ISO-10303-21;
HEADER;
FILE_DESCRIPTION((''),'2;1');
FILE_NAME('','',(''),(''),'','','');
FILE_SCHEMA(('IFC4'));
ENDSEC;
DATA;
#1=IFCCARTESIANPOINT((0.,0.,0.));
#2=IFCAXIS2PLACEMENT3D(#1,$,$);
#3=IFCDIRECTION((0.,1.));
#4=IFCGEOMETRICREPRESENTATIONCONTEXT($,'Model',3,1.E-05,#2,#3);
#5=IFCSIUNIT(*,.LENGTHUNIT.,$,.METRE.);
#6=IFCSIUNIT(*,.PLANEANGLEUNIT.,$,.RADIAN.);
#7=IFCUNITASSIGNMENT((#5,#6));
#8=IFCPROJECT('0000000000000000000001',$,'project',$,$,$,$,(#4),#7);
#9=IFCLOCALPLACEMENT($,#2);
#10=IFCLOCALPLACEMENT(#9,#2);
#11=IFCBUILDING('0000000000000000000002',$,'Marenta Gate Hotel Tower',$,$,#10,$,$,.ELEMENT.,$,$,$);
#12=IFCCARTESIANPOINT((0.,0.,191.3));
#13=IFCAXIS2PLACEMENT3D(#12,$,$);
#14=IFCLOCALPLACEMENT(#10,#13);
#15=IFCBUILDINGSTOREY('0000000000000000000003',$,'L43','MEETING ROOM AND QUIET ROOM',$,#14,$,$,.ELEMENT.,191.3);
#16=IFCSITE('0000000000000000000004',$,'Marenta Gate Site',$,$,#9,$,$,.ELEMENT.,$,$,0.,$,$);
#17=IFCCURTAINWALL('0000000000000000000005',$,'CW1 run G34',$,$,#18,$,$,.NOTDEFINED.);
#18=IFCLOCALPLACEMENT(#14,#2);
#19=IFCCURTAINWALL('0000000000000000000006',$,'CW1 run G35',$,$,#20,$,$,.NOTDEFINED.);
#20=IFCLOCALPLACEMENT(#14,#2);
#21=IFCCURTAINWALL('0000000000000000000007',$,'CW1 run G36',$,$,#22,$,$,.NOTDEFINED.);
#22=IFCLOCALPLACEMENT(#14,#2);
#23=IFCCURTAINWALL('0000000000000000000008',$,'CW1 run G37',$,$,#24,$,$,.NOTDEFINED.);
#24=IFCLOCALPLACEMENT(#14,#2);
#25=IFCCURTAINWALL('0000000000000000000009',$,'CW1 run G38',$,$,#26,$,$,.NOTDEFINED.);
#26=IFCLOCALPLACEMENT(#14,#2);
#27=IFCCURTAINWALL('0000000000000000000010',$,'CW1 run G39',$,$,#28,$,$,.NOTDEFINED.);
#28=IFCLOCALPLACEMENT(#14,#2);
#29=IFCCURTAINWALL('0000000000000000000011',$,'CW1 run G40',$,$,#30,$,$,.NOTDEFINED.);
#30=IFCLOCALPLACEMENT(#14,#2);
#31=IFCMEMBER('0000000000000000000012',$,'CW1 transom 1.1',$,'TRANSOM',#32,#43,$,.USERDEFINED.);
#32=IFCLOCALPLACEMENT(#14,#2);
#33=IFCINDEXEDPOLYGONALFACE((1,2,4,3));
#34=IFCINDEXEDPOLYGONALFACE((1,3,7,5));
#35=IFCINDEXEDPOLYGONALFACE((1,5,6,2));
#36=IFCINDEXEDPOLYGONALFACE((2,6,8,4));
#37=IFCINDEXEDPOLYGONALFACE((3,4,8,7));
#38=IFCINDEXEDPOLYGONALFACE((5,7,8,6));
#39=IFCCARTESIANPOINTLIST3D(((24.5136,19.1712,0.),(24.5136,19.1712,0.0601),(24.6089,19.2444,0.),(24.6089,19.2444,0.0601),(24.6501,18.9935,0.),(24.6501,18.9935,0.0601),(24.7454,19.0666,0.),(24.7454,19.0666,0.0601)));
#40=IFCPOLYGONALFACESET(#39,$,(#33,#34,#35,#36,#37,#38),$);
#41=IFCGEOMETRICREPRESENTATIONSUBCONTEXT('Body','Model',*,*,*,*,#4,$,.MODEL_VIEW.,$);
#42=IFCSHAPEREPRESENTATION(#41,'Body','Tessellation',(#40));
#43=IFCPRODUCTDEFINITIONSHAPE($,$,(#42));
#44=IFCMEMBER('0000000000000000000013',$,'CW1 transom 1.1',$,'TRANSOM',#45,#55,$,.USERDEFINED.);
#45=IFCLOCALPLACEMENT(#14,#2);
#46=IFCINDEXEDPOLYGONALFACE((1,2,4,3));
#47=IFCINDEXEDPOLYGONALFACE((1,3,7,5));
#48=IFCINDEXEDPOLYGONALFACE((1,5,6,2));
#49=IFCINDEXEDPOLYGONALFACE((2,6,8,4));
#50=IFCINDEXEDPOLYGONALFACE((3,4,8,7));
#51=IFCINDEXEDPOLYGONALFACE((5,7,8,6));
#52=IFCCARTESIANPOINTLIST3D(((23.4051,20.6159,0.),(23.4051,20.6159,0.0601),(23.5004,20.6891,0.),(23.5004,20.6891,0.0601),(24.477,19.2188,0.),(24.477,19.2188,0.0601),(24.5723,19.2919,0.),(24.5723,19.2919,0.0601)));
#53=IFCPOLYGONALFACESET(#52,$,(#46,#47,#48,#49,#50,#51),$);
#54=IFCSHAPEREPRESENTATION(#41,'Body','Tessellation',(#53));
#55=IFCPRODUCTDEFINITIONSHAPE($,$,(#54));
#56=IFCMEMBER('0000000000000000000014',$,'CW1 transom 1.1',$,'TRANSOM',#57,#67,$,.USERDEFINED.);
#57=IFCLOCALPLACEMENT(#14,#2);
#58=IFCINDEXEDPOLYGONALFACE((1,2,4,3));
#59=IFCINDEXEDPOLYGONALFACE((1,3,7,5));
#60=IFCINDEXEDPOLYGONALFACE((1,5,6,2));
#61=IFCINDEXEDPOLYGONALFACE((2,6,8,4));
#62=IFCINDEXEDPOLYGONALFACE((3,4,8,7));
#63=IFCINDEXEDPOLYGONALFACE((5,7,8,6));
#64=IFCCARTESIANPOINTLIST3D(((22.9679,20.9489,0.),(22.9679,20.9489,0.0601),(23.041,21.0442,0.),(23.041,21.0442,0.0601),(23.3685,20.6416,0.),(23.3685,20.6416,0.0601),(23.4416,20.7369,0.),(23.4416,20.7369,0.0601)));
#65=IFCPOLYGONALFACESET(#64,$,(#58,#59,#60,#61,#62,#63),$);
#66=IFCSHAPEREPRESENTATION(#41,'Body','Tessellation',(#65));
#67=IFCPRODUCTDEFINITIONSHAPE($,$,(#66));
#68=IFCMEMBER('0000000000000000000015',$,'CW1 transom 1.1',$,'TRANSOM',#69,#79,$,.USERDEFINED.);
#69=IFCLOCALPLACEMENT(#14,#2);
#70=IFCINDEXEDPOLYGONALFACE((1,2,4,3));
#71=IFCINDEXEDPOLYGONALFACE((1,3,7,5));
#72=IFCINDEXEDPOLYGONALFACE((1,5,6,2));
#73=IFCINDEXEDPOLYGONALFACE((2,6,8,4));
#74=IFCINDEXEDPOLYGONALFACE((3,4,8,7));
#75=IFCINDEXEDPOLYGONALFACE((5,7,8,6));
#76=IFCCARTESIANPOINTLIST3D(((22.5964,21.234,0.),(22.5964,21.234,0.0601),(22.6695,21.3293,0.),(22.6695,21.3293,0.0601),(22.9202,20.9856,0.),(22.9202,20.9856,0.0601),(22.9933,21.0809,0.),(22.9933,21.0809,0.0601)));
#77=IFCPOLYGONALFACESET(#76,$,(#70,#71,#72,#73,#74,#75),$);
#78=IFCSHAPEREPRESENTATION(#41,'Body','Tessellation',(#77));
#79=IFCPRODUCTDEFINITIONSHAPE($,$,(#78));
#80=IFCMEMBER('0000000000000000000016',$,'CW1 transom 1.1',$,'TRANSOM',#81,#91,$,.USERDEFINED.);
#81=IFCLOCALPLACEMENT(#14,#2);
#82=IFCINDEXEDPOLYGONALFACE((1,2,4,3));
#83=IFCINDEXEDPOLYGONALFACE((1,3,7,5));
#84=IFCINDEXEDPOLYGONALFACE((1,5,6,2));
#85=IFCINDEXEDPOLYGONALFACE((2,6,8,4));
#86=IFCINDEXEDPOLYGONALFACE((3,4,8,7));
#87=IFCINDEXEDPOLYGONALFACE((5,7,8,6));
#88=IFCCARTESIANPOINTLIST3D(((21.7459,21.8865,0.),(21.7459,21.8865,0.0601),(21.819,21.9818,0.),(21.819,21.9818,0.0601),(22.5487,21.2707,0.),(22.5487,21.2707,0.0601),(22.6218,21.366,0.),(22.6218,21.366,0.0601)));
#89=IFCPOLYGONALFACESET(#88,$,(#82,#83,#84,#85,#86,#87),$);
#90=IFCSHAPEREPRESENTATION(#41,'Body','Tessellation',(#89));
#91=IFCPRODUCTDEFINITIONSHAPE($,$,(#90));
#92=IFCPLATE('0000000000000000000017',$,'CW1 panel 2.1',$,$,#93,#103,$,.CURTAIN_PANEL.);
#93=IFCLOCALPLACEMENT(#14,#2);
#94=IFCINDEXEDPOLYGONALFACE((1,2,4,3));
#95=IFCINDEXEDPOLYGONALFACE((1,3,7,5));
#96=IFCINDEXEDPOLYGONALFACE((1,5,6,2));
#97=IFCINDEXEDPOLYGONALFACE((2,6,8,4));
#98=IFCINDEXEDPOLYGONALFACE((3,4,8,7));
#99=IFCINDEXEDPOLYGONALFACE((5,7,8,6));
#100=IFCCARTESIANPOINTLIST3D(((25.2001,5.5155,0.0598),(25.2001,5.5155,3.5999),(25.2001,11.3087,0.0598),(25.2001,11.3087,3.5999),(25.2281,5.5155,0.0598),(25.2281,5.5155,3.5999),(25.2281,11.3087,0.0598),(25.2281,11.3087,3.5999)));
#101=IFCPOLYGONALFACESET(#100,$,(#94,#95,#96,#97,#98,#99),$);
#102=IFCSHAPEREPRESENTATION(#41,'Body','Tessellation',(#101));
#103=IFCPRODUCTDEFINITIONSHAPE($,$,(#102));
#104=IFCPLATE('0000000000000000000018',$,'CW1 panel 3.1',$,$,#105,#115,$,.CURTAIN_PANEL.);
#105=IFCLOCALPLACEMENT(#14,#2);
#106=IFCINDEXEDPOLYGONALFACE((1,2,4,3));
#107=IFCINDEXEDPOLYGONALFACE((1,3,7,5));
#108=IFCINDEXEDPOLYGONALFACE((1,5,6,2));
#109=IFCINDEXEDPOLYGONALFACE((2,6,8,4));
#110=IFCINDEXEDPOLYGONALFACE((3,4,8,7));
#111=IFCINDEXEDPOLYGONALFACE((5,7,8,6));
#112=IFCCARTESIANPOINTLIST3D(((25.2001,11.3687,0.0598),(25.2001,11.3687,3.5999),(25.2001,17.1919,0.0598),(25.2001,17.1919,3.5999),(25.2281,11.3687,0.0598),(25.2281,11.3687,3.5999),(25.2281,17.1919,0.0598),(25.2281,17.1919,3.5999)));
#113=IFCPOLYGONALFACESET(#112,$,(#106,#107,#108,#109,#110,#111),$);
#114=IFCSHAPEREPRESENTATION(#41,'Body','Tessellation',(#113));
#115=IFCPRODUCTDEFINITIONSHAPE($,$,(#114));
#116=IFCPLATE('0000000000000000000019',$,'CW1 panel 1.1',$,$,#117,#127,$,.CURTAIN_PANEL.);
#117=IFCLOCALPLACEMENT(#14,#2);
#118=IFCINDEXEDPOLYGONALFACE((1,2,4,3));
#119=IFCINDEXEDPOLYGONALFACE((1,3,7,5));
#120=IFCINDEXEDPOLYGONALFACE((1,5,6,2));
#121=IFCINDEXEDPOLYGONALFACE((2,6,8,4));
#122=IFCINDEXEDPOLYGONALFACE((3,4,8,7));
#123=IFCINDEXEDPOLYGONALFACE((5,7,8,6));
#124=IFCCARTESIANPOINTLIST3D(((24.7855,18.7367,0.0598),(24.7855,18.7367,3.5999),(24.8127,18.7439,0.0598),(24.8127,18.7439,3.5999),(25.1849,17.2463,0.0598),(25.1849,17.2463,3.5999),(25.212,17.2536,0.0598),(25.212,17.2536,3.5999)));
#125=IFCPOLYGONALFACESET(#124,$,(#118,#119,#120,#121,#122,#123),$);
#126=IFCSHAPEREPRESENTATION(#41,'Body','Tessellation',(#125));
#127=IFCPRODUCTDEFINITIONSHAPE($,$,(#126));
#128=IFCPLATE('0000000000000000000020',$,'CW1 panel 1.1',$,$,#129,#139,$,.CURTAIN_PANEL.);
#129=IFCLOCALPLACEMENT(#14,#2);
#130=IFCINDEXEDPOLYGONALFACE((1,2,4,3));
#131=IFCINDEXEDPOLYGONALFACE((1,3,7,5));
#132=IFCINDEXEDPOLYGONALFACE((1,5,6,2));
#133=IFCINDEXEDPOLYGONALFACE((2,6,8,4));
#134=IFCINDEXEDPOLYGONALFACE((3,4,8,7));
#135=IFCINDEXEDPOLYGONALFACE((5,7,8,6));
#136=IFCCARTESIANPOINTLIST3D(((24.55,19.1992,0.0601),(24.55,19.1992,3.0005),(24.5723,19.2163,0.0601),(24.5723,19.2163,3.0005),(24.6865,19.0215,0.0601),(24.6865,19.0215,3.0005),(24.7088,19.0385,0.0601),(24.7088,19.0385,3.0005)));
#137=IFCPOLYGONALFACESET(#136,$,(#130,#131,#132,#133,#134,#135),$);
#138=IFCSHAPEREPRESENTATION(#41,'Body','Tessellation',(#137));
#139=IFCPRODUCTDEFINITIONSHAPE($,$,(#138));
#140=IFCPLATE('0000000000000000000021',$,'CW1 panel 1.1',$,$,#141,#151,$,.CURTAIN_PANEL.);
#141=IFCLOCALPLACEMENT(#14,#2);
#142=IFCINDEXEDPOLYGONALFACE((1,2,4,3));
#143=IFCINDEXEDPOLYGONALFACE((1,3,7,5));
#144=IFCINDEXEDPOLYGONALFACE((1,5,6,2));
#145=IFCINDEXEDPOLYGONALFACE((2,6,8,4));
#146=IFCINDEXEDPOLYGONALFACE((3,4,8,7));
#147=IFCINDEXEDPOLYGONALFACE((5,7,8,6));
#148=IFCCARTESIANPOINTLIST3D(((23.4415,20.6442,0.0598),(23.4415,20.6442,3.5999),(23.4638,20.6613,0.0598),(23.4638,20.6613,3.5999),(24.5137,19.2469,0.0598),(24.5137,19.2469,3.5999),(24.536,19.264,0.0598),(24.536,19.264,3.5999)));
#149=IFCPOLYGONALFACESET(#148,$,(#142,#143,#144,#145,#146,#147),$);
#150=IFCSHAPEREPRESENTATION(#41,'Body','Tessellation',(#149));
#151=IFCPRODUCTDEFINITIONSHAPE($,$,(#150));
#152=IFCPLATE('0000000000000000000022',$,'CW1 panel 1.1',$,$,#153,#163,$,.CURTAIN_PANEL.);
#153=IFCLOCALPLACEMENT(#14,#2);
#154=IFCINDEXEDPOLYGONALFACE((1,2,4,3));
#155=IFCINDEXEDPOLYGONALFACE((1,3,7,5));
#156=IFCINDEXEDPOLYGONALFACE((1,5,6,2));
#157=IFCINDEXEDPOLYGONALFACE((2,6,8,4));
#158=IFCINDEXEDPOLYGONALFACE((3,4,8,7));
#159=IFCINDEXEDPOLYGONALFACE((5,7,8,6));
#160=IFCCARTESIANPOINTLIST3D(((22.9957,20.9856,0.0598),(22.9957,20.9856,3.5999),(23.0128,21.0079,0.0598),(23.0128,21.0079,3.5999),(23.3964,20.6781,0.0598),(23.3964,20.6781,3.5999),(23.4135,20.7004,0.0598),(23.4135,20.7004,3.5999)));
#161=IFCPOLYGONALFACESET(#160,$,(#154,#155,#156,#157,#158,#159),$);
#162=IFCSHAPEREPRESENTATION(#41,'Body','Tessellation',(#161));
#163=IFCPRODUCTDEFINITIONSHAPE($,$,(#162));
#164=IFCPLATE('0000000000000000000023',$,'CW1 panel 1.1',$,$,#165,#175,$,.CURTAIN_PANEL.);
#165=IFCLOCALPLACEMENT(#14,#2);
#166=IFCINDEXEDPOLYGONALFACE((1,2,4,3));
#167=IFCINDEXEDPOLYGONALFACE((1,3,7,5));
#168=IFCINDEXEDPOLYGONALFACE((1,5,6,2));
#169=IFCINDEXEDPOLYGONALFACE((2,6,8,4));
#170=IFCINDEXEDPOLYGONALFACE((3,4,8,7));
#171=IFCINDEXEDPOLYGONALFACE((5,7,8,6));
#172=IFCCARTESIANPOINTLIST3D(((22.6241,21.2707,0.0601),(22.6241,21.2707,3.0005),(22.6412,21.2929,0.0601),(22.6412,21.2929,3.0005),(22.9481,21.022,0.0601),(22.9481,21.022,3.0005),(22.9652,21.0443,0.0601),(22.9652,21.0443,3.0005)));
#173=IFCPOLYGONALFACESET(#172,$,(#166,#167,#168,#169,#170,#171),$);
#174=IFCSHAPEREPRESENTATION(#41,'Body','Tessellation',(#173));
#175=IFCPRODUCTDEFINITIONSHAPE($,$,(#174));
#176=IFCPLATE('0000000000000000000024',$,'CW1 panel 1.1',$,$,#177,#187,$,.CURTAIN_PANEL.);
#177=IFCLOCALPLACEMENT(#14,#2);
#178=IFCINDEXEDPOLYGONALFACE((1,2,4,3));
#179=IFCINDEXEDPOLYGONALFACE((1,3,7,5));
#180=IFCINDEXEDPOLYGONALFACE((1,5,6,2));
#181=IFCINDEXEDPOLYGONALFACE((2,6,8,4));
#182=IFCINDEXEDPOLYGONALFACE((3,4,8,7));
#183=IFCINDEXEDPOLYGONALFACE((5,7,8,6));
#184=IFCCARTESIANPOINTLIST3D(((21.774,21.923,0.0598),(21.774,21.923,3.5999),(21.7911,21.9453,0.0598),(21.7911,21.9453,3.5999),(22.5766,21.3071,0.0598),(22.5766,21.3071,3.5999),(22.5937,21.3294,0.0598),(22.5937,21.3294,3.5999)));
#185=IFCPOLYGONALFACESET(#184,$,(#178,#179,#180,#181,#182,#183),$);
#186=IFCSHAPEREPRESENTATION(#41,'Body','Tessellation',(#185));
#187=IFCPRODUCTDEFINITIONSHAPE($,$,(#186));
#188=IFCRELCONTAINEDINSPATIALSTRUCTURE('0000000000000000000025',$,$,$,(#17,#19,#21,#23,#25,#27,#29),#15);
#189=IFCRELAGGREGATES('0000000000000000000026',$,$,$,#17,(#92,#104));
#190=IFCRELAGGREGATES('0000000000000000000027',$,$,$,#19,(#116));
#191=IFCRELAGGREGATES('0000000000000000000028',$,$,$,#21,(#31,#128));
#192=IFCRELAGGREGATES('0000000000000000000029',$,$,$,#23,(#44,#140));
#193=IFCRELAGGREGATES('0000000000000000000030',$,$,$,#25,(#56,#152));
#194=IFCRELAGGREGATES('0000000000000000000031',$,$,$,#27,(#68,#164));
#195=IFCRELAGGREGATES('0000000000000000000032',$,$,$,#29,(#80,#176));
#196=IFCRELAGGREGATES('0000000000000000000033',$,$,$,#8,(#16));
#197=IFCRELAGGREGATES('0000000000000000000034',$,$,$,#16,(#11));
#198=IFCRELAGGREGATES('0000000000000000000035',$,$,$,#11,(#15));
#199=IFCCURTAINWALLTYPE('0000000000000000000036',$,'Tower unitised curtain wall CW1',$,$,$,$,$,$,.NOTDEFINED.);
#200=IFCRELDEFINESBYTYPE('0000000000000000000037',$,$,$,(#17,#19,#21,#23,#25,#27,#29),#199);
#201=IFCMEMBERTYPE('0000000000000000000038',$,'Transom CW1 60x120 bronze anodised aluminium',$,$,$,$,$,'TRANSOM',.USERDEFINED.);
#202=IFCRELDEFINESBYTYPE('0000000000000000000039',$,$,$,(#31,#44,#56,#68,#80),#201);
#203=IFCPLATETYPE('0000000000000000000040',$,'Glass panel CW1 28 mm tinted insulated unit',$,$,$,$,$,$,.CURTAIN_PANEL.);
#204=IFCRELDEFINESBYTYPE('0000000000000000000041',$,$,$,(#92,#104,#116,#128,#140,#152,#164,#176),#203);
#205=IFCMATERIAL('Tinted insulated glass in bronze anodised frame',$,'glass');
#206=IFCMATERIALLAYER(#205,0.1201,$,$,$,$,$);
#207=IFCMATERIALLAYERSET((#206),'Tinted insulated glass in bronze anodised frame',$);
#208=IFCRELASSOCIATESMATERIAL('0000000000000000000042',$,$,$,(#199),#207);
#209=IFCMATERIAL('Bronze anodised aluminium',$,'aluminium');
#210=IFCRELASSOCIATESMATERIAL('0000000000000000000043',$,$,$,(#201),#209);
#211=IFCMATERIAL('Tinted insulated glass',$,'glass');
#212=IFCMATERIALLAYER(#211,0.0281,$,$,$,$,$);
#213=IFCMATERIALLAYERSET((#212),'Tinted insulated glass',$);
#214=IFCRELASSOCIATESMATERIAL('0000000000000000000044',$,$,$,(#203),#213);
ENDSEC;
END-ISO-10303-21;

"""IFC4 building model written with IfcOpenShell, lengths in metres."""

from ifc_helpers import new_model, si_unit, direction, frame, origin, origin_2d, place, context, subcontext, project, spatial, rectangle, extrude, material, layer, layer_set, material_profile, profile_set, type_object, element, aggregate, save


model = new_model("IFC4")

# Units and contexts
model_context = context("Model", 3, precision=1e-05, world=origin(), true_north=direction((0.0, 1.0)))
body_context = subcontext(model_context, "Body", "Model", "MODEL_VIEW")
ifc_project = project(units=[si_unit("LENGTHUNIT", "METRE"), si_unit("PLANEANGLEUNIT", "RADIAN")], contexts=[model_context])

# Site, building, storey
site_placement = place(None, origin())
site = spatial("IfcSite", under=ifc_project, at=site_placement, Name="Marenta Gate Site", CompositionType="ELEMENT", RefElevation=0.0)
building_placement = place(site_placement, origin())
building = spatial("IfcBuilding", under=site, at=building_placement, Name="Marenta Gate Hotel Tower", CompositionType="ELEMENT")
storey_placement = place(building_placement, frame((0.0, 0.0, 191.3)))
storey = spatial("IfcBuildingStorey", under=building, at=storey_placement, Name="L43", Description="MEETING ROOM AND QUIET ROOM", CompositionType="ELEMENT", Elevation=191.3)

# Curtain wall
ifc_material_1 = material(Name="Tinted insulated glass in bronze anodised frame", Category="glass")
ifc_layer_1 = layer(ifc_material_1, 0.1201)
ifc_layer_set_1 = layer_set([ifc_layer_1], Name="Tinted insulated glass in bronze anodised frame")
curtain_wall_type = type_object("IfcCurtainWallType", Name="Tower unitised curtain wall CW1", PredefinedType="NOTDEFINED", material=ifc_layer_set_1)
curtain_wall_1_placement = place(storey_placement, origin())
curtain_wall_1 = element("IfcCurtainWall", 1, at=curtain_wall_1_placement, inside=storey, type_object=curtain_wall_type, Name="CW1 run G34", PredefinedType="NOTDEFINED")

# Curtain wall
curtain_wall_2_placement = place(storey_placement, origin())
curtain_wall_2 = element("IfcCurtainWall", 2, at=curtain_wall_2_placement, inside=storey, type_object=curtain_wall_type, Name="CW1 run G35", PredefinedType="NOTDEFINED")

# Curtain walls
curtain_wall_3_placement = place(storey_placement, origin())
curtain_wall_3 = element("IfcCurtainWall", 3, at=curtain_wall_3_placement, inside=storey, type_object=curtain_wall_type, Name="CW1 run G36", PredefinedType="NOTDEFINED")
curtain_wall_4_placement = place(storey_placement, origin())
curtain_wall_4 = element("IfcCurtainWall", 4, at=curtain_wall_4_placement, inside=storey, type_object=curtain_wall_type, Name="CW1 run G37", PredefinedType="NOTDEFINED")
curtain_wall_5_placement = place(storey_placement, origin())
curtain_wall_5 = element("IfcCurtainWall", 5, at=curtain_wall_5_placement, inside=storey, type_object=curtain_wall_type, Name="CW1 run G38", PredefinedType="NOTDEFINED")
curtain_wall_6_placement = place(storey_placement, origin())
curtain_wall_6 = element("IfcCurtainWall", 6, at=curtain_wall_6_placement, inside=storey, type_object=curtain_wall_type, Name="CW1 run G39", PredefinedType="NOTDEFINED")
curtain_wall_7_placement = place(storey_placement, origin())
curtain_wall_7 = element("IfcCurtainWall", 7, at=curtain_wall_7_placement, inside=storey, type_object=curtain_wall_type, Name="CW1 run G40", PredefinedType="NOTDEFINED")

# Members
ifc_material_2 = material(Name="Bronze anodised aluminium", Category="aluminium")
ifc_material_profile_1 = material_profile(ifc_material_2, rectangle(XDim=0.1201, YDim=0.0601, at=origin_2d()), Name="Transom CW1 60x120 bronze anodised aluminium")
ifc_profile_set_1 = profile_set([ifc_material_profile_1], Name="Bronze anodised aluminium")
member_type_1 = type_object("IfcMemberType", Name="Transom CW1 60x120 bronze anodised aluminium", ElementType="TRANSOM", PredefinedType="USERDEFINED", material=ifc_profile_set_1)
member_1_placement = place(storey_placement, frame((24.6978, 19.03, 0.03), z_axis=(-0.609026, 0.79315, 0.0), x_axis=(-0.79315, -0.609026, 0.0)))
member_1 = element("IfcMember", 8, at=member_1_placement, type_object=member_type_1, Name="CW1 transom 1.1", ObjectType="TRANSOM", PredefinedType="USERDEFINED", context=body_context, shape_type="SweptSolid", body=[
    extrude(rectangle(XDim=0.1201, YDim=0.0601, at=origin_2d()), origin(), (0.0, 0.0, 1.0), 0.2241),
])
member_2_placement = place(storey_placement, frame((24.5247, 19.2554, 0.03), z_axis=(-0.608725, 0.793381, 0.0), x_axis=(-0.793381, -0.608725, 0.0)))
member_2 = element("IfcMember", 9, at=member_2_placement, type_object=member_type_1, Name="CW1 transom 1.1", ObjectType="TRANSOM", PredefinedType="USERDEFINED", context=body_context, shape_type="SweptSolid", body=[
    extrude(rectangle(XDim=0.1201, YDim=0.0601, at=origin_2d()), origin(), (0.0, 0.0, 1.0), 1.761),
])
member_3_placement = place(storey_placement, frame((23.405, 20.6892, 0.03), z_axis=(-0.793396, 0.608706, 0.0), x_axis=(-0.608706, -0.793396, 0.0)))
member_3 = element("IfcMember", 10, at=member_3_placement, type_object=member_type_1, Name="CW1 transom 1.1", ObjectType="TRANSOM", PredefinedType="USERDEFINED", context=body_context, shape_type="SweptSolid", body=[
    extrude(rectangle(XDim=0.1201, YDim=0.0601, at=origin_2d()), origin(), (0.0, 0.0, 1.0), 0.5049),
])
member_4_placement = place(storey_placement, frame((22.9568, 21.0332, 0.03), z_axis=(-0.793423, 0.60867, 0.0), x_axis=(-0.60867, -0.793423, 0.0)))
member_4 = element("IfcMember", 11, at=member_4_placement, type_object=member_type_1, Name="CW1 transom 1.1", ObjectType="TRANSOM", PredefinedType="USERDEFINED", context=body_context, shape_type="SweptSolid", body=[
    extrude(rectangle(XDim=0.1201, YDim=0.0601, at=origin_2d()), origin(), (0.0, 0.0, 1.0), 0.4082),
])
member_5_placement = place(storey_placement, frame((22.5852, 21.3184, 0.03), z_axis=(-0.793467, 0.608614, 0.0), x_axis=(-0.608614, -0.793467, 0.0)))
member_5 = element("IfcMember", 12, at=member_5_placement, type_object=member_type_1, Name="CW1 transom 1.1", ObjectType="TRANSOM", PredefinedType="USERDEFINED", context=body_context, shape_type="SweptSolid", body=[
    extrude(rectangle(XDim=0.1201, YDim=0.0601, at=origin_2d()), origin(), (0.0, 0.0, 1.0), 1.0117),
])

# Plates
ifc_material_3 = material(Name="Tinted insulated glass", Category="glass")
ifc_layer_2 = layer(ifc_material_3, 0.0281)
ifc_layer_set_2 = layer_set([ifc_layer_2], Name="Tinted insulated glass")
plate_type = type_object("IfcPlateType", Name="Glass panel CW1 28 mm tinted insulated unit", PredefinedType="CURTAIN_PANEL", material=ifc_layer_set_2)
plate_1_placement = place(storey_placement, frame((25.2141, 8.4121, 0.0598), z_axis=(0.0, 0.0, 1.0), x_axis=(0.0, 1.0, 0.0)))
plate_1 = element("IfcPlate", 13, at=plate_1_placement, type_object=plate_type, Name="CW1 panel 2.1", PredefinedType="CURTAIN_PANEL", context=body_context, shape_type="SweptSolid", body=[
    extrude(rectangle(XDim=5.7932, YDim=0.0281, at=origin_2d()), origin(), (0.0, 0.0, 1.0), 3.54),
])
plate_2_placement = place(storey_placement, frame((25.2141, 14.2803, 0.0598), z_axis=(0.0, 0.0, 1.0), x_axis=(0.0, 1.0, 0.0)))
plate_2 = element("IfcPlate", 14, at=plate_2_placement, type_object=plate_type, Name="CW1 panel 3.1", PredefinedType="CURTAIN_PANEL", context=body_context, shape_type="SweptSolid", body=[
    extrude(rectangle(XDim=5.8232, YDim=0.0281, at=origin_2d()), origin(), (0.0, 0.0, 1.0), 3.54),
])
aggregate(curtain_wall_1, [plate_1, plate_2])
plate_3_placement = place(storey_placement, frame((24.9988, 17.9951, 0.0598), z_axis=(0.0, 0.0, 1.0), x_axis=(-0.25883, 0.965923, 0.0)))
plate_3 = element("IfcPlate", 15, at=plate_3_placement, type_object=plate_type, Name="CW1 panel 1.1", PredefinedType="CURTAIN_PANEL", context=body_context, shape_type="SweptSolid", body=[
    extrude(rectangle(XDim=1.543, YDim=0.0281, at=origin_2d()), origin(), (0.0, 0.0, 1.0), 3.54),
])
aggregate(curtain_wall_2, [plate_3])
plate_4_placement = place(storey_placement, frame((24.6294, 19.1189, 0.0601), z_axis=(0.0, 0.0, 1.0), x_axis=(-0.608808, 0.793317, 0.0)))
plate_4 = element("IfcPlate", 16, at=plate_4_placement, type_object=plate_type, Name="CW1 panel 1.1", PredefinedType="CURTAIN_PANEL", context=body_context, shape_type="SweptSolid", body=[
    extrude(rectangle(XDim=0.2241, YDim=0.0281, at=origin_2d()), origin(), (0.0, 0.0, 1.0), 2.9404),
])
aggregate(curtain_wall_3, [member_1, plate_4])
plate_5_placement = place(storey_placement, frame((23.9888, 19.9541, 0.0598), z_axis=(0.0, 0.0, 1.0), x_axis=(-0.608784, 0.793336, 0.0)))
plate_5 = element("IfcPlate", 17, at=plate_5_placement, type_object=plate_type, Name="CW1 panel 1.1", PredefinedType="CURTAIN_PANEL", context=body_context, shape_type="SweptSolid", body=[
    extrude(rectangle(XDim=1.7612, YDim=0.0281, at=origin_2d()), origin(), (0.0, 0.0, 1.0), 3.54),
])
aggregate(curtain_wall_4, [member_2, plate_5])
plate_6_placement = place(storey_placement, frame((23.2046, 20.843, 0.0598), z_axis=(0.0, 0.0, 1.0), x_axis=(-0.793347, 0.60877, 0.0)))
plate_6 = element("IfcPlate", 18, at=plate_6_placement, type_object=plate_type, Name="CW1 panel 1.1", PredefinedType="CURTAIN_PANEL", context=body_context, shape_type="SweptSolid", body=[
    extrude(rectangle(XDim=0.5051, YDim=0.0281, at=origin_2d()), origin(), (0.0, 0.0, 1.0), 3.54),
])
aggregate(curtain_wall_5, [member_3, plate_6])
plate_7_placement = place(storey_placement, frame((22.7947, 21.1575, 0.0601), z_axis=(0.0, 0.0, 1.0), x_axis=(-0.79329, 0.608844, 0.0)))
plate_7 = element("IfcPlate", 19, at=plate_7_placement, type_object=plate_type, Name="CW1 panel 1.1", PredefinedType="CURTAIN_PANEL", context=body_context, shape_type="SweptSolid", body=[
    extrude(rectangle(XDim=0.4084, YDim=0.0281, at=origin_2d()), origin(), (0.0, 0.0, 1.0), 2.9404),
])
aggregate(curtain_wall_6, [member_4, plate_7])
plate_8_placement = place(storey_placement, frame((22.1838, 21.6262, 0.0598), z_axis=(0.0, 0.0, 1.0), x_axis=(-0.793345, 0.608772, 0.0)))
plate_8 = element("IfcPlate", 20, at=plate_8_placement, type_object=plate_type, Name="CW1 panel 1.1", PredefinedType="CURTAIN_PANEL", context=body_context, shape_type="SweptSolid", body=[
    extrude(rectangle(XDim=1.0117, YDim=0.0281, at=origin_2d()), origin(), (0.0, 0.0, 1.0), 3.54),
])
aggregate(curtain_wall_7, [member_5, plate_8])

save(model, "model.ifc")
